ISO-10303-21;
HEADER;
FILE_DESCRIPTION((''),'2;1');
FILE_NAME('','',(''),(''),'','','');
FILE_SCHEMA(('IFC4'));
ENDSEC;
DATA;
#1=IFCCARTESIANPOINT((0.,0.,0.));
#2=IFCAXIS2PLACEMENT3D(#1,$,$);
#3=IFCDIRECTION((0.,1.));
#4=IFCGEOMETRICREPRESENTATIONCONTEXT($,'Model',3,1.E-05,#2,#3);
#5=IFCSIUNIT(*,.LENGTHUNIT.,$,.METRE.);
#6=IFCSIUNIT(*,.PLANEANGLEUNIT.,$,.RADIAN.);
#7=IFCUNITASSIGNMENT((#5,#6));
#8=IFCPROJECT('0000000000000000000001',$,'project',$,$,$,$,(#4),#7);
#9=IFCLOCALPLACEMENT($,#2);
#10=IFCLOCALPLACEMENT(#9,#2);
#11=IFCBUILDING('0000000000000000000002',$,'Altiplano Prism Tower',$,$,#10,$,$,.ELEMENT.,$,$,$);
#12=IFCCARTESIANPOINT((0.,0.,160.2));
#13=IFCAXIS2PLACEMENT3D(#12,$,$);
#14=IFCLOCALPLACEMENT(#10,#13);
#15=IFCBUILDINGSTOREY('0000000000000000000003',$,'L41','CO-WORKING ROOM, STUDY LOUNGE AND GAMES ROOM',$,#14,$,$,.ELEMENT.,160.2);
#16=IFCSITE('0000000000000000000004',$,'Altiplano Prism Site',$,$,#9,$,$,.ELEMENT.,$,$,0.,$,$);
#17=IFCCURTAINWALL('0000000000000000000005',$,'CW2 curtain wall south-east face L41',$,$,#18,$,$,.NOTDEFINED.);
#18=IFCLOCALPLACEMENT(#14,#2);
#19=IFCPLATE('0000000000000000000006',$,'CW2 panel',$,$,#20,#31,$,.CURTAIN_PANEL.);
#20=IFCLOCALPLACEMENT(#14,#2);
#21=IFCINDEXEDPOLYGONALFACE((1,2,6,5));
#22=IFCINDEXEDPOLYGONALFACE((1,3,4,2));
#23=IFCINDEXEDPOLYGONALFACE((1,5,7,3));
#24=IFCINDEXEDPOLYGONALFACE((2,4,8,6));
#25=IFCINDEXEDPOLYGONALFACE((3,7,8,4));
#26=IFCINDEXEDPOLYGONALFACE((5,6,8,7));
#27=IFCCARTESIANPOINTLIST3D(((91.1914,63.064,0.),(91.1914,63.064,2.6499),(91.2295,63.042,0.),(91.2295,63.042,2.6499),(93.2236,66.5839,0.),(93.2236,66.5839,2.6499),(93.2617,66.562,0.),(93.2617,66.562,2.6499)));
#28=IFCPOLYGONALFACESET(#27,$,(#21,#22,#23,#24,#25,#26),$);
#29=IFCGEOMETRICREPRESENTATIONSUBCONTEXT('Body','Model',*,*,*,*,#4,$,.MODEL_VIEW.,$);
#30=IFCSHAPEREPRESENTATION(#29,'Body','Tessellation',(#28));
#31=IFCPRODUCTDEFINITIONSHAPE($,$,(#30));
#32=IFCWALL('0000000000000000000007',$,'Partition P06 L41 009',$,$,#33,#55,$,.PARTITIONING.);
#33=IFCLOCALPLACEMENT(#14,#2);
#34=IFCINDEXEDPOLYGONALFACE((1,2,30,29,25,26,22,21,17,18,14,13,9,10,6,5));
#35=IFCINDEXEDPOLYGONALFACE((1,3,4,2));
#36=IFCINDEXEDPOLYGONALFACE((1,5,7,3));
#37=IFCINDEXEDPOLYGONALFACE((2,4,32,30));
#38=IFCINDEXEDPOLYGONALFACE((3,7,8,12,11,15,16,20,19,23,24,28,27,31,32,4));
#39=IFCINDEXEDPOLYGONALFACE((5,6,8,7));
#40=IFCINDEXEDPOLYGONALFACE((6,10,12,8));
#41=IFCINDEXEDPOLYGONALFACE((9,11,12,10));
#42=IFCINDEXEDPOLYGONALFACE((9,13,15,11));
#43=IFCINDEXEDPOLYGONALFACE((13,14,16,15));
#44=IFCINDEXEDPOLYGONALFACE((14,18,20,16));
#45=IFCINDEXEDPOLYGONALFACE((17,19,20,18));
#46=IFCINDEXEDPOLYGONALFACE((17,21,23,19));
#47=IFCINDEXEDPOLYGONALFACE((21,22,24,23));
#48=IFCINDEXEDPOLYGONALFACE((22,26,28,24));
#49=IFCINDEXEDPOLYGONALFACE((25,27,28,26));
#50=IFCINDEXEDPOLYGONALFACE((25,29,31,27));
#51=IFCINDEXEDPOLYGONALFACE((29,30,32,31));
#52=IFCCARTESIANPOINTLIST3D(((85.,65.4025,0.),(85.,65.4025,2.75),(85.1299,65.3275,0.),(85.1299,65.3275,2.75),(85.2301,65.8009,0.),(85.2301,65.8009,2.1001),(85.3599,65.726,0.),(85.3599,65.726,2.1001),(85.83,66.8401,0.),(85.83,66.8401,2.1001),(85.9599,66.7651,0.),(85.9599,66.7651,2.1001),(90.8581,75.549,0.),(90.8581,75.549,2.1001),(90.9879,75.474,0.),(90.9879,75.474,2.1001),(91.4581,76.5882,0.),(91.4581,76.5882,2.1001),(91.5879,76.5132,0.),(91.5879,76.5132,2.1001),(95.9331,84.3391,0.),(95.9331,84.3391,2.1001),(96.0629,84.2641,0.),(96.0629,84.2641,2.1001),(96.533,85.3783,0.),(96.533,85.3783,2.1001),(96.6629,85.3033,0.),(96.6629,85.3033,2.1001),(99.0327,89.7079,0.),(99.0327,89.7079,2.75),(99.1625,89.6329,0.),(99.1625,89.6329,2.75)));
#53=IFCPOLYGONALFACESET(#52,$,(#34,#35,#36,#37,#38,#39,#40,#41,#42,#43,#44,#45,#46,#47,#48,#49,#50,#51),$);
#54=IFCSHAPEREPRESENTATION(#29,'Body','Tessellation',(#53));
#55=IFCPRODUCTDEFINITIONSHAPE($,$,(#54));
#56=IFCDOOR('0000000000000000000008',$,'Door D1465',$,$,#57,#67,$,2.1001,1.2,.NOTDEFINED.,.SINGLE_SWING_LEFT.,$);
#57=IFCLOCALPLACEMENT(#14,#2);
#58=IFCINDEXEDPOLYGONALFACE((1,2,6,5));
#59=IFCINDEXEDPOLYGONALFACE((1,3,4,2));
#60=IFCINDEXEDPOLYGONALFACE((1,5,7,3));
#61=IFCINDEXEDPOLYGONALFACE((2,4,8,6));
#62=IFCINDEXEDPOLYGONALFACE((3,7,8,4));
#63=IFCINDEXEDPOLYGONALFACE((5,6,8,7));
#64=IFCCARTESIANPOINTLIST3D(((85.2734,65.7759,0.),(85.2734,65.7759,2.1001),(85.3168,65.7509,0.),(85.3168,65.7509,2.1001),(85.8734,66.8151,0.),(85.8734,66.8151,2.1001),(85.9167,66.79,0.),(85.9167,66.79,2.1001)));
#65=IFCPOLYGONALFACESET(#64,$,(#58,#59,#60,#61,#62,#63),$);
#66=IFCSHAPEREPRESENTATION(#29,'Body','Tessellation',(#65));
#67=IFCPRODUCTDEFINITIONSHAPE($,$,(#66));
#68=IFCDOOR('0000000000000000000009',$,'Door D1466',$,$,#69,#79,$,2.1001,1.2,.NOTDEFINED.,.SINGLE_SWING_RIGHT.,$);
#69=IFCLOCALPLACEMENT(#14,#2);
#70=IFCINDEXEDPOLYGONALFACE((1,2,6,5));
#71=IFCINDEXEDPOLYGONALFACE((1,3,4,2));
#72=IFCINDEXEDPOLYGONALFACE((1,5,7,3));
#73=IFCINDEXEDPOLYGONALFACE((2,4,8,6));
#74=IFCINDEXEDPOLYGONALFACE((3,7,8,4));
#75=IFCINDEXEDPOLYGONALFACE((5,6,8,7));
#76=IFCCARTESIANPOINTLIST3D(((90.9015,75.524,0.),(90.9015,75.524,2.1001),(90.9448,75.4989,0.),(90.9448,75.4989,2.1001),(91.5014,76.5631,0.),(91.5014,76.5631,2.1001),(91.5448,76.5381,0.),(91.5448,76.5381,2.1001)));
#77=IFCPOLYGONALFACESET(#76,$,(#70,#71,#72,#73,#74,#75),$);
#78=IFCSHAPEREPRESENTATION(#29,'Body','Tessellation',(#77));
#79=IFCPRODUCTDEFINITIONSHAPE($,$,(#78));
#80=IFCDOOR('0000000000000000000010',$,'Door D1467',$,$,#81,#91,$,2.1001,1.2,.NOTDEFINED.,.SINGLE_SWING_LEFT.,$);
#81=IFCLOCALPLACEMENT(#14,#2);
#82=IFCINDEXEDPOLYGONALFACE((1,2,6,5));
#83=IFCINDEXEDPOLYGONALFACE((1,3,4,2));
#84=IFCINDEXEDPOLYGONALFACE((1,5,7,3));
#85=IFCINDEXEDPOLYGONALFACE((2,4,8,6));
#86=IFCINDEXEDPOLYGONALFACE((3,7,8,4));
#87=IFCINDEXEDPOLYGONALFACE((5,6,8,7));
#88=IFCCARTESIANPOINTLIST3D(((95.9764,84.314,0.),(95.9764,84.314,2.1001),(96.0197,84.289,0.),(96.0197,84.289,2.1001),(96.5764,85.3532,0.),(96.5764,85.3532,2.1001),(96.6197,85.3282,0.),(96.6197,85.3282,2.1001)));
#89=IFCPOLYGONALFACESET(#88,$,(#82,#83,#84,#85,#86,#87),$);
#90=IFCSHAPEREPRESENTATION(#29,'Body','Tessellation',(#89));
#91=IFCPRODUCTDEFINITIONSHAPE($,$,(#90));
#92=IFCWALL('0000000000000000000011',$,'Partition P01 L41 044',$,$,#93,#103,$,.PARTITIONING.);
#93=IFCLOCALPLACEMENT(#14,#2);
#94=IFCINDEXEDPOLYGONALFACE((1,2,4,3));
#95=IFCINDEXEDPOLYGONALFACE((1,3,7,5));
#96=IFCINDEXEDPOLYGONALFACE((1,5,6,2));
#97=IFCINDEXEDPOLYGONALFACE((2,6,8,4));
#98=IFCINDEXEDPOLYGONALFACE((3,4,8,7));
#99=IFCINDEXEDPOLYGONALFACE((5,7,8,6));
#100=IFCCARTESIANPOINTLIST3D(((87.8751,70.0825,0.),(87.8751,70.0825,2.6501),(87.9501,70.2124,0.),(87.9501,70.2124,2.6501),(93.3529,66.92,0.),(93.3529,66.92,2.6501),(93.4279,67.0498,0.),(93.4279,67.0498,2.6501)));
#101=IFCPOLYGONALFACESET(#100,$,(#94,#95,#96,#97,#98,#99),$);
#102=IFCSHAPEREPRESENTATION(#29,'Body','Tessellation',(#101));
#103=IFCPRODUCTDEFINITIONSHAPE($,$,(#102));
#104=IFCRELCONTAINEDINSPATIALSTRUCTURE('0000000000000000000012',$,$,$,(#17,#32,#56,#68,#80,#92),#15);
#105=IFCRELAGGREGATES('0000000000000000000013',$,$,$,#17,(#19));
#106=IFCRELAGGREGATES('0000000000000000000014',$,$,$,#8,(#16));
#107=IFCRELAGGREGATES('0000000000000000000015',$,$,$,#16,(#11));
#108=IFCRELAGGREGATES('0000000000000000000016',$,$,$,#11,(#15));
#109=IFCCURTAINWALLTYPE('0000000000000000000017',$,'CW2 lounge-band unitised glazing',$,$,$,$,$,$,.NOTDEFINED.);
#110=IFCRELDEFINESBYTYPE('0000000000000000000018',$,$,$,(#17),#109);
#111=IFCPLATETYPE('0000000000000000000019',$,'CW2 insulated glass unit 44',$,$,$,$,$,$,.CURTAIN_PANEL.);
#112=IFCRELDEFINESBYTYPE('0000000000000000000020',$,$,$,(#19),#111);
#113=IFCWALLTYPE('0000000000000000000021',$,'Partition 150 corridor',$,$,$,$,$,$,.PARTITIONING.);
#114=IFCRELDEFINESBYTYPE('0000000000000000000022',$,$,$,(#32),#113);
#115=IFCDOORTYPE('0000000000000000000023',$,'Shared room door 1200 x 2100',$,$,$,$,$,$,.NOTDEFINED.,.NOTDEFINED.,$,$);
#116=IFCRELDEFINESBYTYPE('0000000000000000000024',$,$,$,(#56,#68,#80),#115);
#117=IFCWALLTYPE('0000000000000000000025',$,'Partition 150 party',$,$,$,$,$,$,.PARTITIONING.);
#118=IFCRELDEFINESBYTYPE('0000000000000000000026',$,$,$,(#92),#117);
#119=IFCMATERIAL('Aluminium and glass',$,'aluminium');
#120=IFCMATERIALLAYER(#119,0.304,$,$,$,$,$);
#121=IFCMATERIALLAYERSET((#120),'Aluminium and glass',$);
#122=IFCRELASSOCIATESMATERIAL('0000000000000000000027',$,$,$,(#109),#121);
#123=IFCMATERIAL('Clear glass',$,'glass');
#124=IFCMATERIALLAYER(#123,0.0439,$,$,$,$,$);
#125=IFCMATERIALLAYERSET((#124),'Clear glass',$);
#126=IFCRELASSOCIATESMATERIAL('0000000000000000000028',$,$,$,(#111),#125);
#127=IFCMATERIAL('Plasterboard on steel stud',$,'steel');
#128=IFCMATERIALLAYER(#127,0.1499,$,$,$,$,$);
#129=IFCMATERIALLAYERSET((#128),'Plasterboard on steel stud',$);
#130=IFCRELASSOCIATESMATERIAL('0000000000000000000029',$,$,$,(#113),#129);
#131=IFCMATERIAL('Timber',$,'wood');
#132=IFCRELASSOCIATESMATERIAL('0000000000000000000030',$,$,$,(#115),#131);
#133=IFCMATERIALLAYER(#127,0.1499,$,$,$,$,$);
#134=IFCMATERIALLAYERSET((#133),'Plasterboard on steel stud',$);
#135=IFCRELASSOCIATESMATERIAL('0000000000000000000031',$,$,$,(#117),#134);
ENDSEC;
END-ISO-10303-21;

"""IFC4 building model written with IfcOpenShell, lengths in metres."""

from ifc_helpers import new_model, si_unit, direction, frame, frame_2d, origin, origin_2d, place, context, subcontext, project, spatial, rectangle, extrude, material, layer, layer_set, type_object, element, fill, aggregate, save


model = new_model("IFC4")

# Units and contexts
model_context = context("Model", 3, precision=1e-05, world=origin(), true_north=direction((0.0, 1.0)))
body_context = subcontext(model_context, "Body", "Model", "MODEL_VIEW")
ifc_project = project(units=[si_unit("LENGTHUNIT", "METRE"), si_unit("PLANEANGLEUNIT", "RADIAN")], contexts=[model_context])

# Site, building, storey
site_placement = place(None, origin())
site = spatial("IfcSite", under=ifc_project, at=site_placement, Name="Altiplano Prism Site", CompositionType="ELEMENT", RefElevation=0.0)
building_placement = place(site_placement, origin())
building = spatial("IfcBuilding", under=site, at=building_placement, Name="Altiplano Prism Tower", CompositionType="ELEMENT")
storey_placement = place(building_placement, frame((0.0, 0.0, 160.2)))
storey = spatial("IfcBuildingStorey", under=building, at=storey_placement, Name="L41", Description="CO-WORKING ROOM, STUDY LOUNGE AND GAMES ROOM", CompositionType="ELEMENT", Elevation=160.2)

# Curtain wall
ifc_material_1 = material(Name="Aluminium and glass", Category="aluminium")
ifc_layer_1 = layer(ifc_material_1, 0.304)
ifc_layer_set_1 = layer_set([ifc_layer_1], Name="Aluminium and glass")
curtain_wall_type = type_object("IfcCurtainWallType", Name="CW2 lounge-band unitised glazing", PredefinedType="NOTDEFINED", material=ifc_layer_set_1)
curtain_wall_1_placement = place(storey_placement, origin())
curtain_wall_1 = element("IfcCurtainWall", 1, at=curtain_wall_1_placement, inside=storey, type_object=curtain_wall_type, Name="CW2 curtain wall south-east face L41", PredefinedType="NOTDEFINED")

# Plate
ifc_material_2 = material(Name="Clear glass", Category="glass")
ifc_layer_2 = layer(ifc_material_2, 0.0439)
ifc_layer_set_2 = layer_set([ifc_layer_2], Name="Clear glass")
plate_type = type_object("IfcPlateType", Name="CW2 insulated glass unit 44", PredefinedType="CURTAIN_PANEL", material=ifc_layer_set_2)
plate_1_placement = place(storey_placement, frame((92.2266, 64.813, 0.0), z_axis=(0.0, 0.0, 1.0), x_axis=(0.5, 0.866025, 0.0)))
plate_1 = element("IfcPlate", 2, at=plate_1_placement, type_object=plate_type, Name="CW2 panel", PredefinedType="CURTAIN_PANEL", context=body_context, shape_type="SweptSolid", body=[
    extrude(rectangle(XDim=4.0645, YDim=0.0439, at=origin_2d()), origin(), (0.0, 0.0, 1.0), 2.6499),
])
aggregate(curtain_wall_1, [plate_1])

# Wall, openings, doors
ifc_material_3 = material(Name="Plasterboard on steel stud", Category="steel")
ifc_layer_3 = layer(ifc_material_3, 0.1499)
ifc_layer_set_3 = layer_set([ifc_layer_3], Name="Plasterboard on steel stud")
wall_type_1 = type_object("IfcWallType", Name="Partition 150 corridor", PredefinedType="PARTITIONING", material=ifc_layer_set_3)
wall_1_placement = place(storey_placement, frame((85.0649, 65.365, 0.0), z_axis=(0.0, 0.0, 1.0), x_axis=(0.499999, 0.866026, 0.0)))
wall_1 = element("IfcWall", 3, at=wall_1_placement, inside=storey, type_object=wall_type_1, Name="Partition P06 L41 009", PredefinedType="PARTITIONING", context=body_context, shape_type="SweptSolid", body=[
    extrude(rectangle(XDim=28.0654, YDim=0.1499, at=frame_2d((14.0327, 0.0))), origin(), (0.0, 0.0, 1.0), 2.75),
])
opening_1_placement = place(wall_1_placement, frame((0.46, 0.0, 0.0)))
opening_1 = element("IfcOpeningElement", 4, at=opening_1_placement, cuts=wall_1, PredefinedType="OPENING", context=body_context, shape_type="SweptSolid", body=[
    extrude(rectangle(XDim=1.2, YDim=2.1001, at=frame_2d((0.6001, 1.05))), frame((0.0, 0.0854, 0.0), z_axis=(0.0, -1.0, 0.0), x_axis=(1.0, 0.0, 0.0)), (0.0, 0.0, 1.0), 0.1709),
])
opening_2_placement = place(wall_1_placement, frame((11.7161, 0.0, 0.0)))
opening_2 = element("IfcOpeningElement", 5, at=opening_2_placement, cuts=wall_1, PredefinedType="OPENING", context=body_context, shape_type="SweptSolid", body=[
    extrude(rectangle(XDim=1.2, YDim=2.1001, at=frame_2d((0.6001, 1.05))), frame((0.0, 0.0854, 0.0), z_axis=(0.0, -1.0, 0.0), x_axis=(1.0, 0.0, 0.0)), (0.0, 0.0, 1.0), 0.1709),
])
opening_3_placement = place(wall_1_placement, frame((21.866, 0.0, 0.0)))
opening_3 = element("IfcOpeningElement", 6, at=opening_3_placement, cuts=wall_1, PredefinedType="OPENING", context=body_context, shape_type="SweptSolid", body=[
    extrude(rectangle(XDim=1.2, YDim=2.1001, at=frame_2d((0.6001, 1.05))), frame((0.0, 0.0854, 0.0), z_axis=(0.0, -1.0, 0.0), x_axis=(1.0, 0.0, 0.0)), (0.0, 0.0, 1.0), 0.1709),
])
ifc_material_4 = material(Name="Timber", Category="wood")
door_type = type_object("IfcDoorType", Name="Shared room door 1200 x 2100", OperationType="NOTDEFINED", PredefinedType="NOTDEFINED", material=ifc_material_4)
door_1_placement = place(opening_1_placement, origin())
door_1 = element("IfcDoor", 7, at=door_1_placement, inside=storey, type_object=door_type, Name="Door D1465", OperationType="SINGLE_SWING_LEFT", OverallHeight=2.1001, OverallWidth=1.2, PredefinedType="NOTDEFINED", context=body_context, shape_type="SweptSolid", body=[
    extrude(rectangle(XDim=1.2, YDim=2.1001, at=frame_2d((0.6001, 1.05))), frame((0.0, 0.0249, 0.0), z_axis=(0.0, -1.0, 0.0), x_axis=(1.0, 0.0, 0.0)), (0.0, 0.0, 1.0), 0.05),
])
fill(opening_1, door_1)
door_2_placement = place(opening_2_placement, origin())
door_2 = element("IfcDoor", 8, at=door_2_placement, inside=storey, type_object=door_type, Name="Door D1466", OperationType="SINGLE_SWING_RIGHT", OverallHeight=2.1001, OverallWidth=1.2, PredefinedType="NOTDEFINED", context=body_context, shape_type="SweptSolid", body=[
    extrude(rectangle(XDim=1.2, YDim=2.1001, at=frame_2d((0.6001, 1.05))), frame((0.0, 0.0249, 0.0), z_axis=(0.0, -1.0, 0.0), x_axis=(1.0, 0.0, 0.0)), (0.0, 0.0, 1.0), 0.05),
])
fill(opening_2, door_2)
door_3_placement = place(opening_3_placement, origin())
door_3 = element("IfcDoor", 9, at=door_3_placement, inside=storey, type_object=door_type, Name="Door D1467", OperationType="SINGLE_SWING_LEFT", OverallHeight=2.1001, OverallWidth=1.2, PredefinedType="NOTDEFINED", context=body_context, shape_type="SweptSolid", body=[
    extrude(rectangle(XDim=1.2, YDim=2.1001, at=frame_2d((0.6001, 1.05))), frame((0.0, 0.0249, 0.0), z_axis=(0.0, -1.0, 0.0), x_axis=(1.0, 0.0, 0.0)), (0.0, 0.0, 1.0), 0.05),
])
fill(opening_3, door_3)

# Wall
ifc_layer_4 = layer(ifc_material_3, 0.1499)
ifc_layer_set_4 = layer_set([ifc_layer_4], Name="Plasterboard on steel stud")
wall_type_2 = type_object("IfcWallType", Name="Partition 150 party", PredefinedType="PARTITIONING", material=ifc_layer_set_4)
wall_2_placement = place(storey_placement, frame((93.3904, 66.9849, 0.0), z_axis=(0.0, 0.0, 1.0), x_axis=(-0.866026, 0.5, 0.0)))
element("IfcWall", 10, at=wall_2_placement, inside=storey, type_object=wall_type_2, Name="Partition P01 L41 044", PredefinedType="PARTITIONING", context=body_context, shape_type="SweptSolid", body=[
    extrude(rectangle(XDim=6.3252, YDim=0.1499, at=frame_2d((3.1626, 0.0))), origin(), (0.0, 0.0, 1.0), 2.6501),
])

save(model, "model.ifc")
